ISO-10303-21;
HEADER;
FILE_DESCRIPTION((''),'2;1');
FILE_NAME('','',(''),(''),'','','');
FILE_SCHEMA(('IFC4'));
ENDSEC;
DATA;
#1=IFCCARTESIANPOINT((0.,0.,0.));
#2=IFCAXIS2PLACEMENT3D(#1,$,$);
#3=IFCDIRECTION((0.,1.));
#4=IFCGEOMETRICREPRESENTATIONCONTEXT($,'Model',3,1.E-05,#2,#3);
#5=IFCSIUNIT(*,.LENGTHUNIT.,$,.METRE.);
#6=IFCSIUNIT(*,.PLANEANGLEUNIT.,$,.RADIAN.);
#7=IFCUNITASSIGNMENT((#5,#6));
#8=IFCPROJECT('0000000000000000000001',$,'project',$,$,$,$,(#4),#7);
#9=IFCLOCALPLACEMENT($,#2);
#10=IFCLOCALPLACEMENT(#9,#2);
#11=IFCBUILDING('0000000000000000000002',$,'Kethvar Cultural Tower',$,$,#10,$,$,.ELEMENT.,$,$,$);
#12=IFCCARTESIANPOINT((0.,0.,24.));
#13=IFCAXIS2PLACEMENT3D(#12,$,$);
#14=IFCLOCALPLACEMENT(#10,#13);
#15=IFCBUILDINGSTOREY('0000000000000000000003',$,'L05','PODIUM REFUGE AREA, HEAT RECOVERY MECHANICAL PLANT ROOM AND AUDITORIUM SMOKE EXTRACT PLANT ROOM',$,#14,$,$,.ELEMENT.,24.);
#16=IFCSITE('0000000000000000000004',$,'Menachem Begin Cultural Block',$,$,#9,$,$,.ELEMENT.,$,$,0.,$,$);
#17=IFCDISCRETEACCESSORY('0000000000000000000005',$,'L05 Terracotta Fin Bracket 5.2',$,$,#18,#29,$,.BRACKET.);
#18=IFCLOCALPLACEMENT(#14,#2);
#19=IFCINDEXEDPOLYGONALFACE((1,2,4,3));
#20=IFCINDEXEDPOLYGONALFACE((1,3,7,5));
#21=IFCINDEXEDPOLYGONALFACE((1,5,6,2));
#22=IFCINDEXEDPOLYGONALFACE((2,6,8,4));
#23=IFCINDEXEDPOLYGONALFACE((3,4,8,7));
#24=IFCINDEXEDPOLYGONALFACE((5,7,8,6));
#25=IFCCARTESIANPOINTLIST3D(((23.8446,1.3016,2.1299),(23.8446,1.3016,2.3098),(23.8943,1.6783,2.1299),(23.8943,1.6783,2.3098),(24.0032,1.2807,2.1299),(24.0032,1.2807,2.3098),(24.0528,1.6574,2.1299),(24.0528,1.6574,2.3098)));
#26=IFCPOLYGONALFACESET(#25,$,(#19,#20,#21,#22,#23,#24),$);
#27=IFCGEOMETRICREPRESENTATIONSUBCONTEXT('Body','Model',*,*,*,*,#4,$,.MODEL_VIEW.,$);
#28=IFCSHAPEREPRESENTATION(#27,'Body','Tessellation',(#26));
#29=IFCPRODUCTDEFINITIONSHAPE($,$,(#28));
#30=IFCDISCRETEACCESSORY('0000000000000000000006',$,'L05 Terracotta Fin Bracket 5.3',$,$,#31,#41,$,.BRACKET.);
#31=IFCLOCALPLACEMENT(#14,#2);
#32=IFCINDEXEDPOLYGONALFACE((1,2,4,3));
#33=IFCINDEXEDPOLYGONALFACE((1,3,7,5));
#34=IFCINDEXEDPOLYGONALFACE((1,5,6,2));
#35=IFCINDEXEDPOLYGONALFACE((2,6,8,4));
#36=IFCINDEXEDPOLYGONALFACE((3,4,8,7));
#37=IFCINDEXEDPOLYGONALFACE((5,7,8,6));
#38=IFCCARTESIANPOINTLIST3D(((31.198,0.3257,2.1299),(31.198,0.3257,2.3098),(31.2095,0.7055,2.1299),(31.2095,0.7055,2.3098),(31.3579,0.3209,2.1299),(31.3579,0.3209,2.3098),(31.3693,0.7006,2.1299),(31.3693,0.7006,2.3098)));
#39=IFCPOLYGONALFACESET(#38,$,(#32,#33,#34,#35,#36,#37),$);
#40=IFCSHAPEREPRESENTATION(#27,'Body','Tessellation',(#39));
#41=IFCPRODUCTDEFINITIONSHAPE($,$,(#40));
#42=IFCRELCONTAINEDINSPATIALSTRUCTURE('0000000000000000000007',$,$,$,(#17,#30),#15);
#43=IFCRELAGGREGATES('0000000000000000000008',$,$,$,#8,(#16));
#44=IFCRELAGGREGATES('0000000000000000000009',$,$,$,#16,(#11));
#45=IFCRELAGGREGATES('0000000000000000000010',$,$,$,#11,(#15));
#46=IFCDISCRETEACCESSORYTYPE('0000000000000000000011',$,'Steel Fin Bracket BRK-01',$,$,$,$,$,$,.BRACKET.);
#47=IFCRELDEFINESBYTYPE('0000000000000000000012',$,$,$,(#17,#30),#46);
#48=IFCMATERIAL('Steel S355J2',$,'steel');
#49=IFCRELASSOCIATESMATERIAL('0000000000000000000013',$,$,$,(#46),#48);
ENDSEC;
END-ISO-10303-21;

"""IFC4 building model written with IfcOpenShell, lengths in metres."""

from ifc_helpers import new_model, si_unit, direction, frame, origin, origin_2d, place, context, subcontext, project, spatial, rectangle, extrude, source, transform, mapped, material, type_object, element, save


model = new_model("IFC4")

# Units and contexts
model_context = context("Model", 3, precision=1e-05, world=origin(), true_north=direction((0.0, 1.0)))
body_context = subcontext(model_context, "Body", "Model", "MODEL_VIEW")
ifc_project = project(units=[si_unit("LENGTHUNIT", "METRE"), si_unit("PLANEANGLEUNIT", "RADIAN")], contexts=[model_context])

# Site, building, storey
site_placement = place(None, origin())
site = spatial("IfcSite", under=ifc_project, at=site_placement, Name="Menachem Begin Cultural Block", CompositionType="ELEMENT", RefElevation=0.0)
building_placement = place(site_placement, origin())
building = spatial("IfcBuilding", under=site, at=building_placement, Name="Kethvar Cultural Tower", CompositionType="ELEMENT")
storey_placement = place(building_placement, frame((0.0, 0.0, 24.0)))
storey = spatial("IfcBuildingStorey", under=building, at=storey_placement, Name="L05", Description="PODIUM REFUGE AREA, HEAT RECOVERY MECHANICAL PLANT ROOM AND AUDITORIUM SMOKE EXTRACT PLANT ROOM", CompositionType="ELEMENT", Elevation=24.0)

# Shared definitions
ifc_material_1 = material(Name="Steel S355J2", Category="steel")

# Discrete accessories
discrete_accessory_type = type_object("IfcDiscreteAccessoryType", Name="Steel Fin Bracket BRK-01", PredefinedType="BRACKET", material=ifc_material_1)
shared_shape_1 = source(origin(), body_context, "Body", "SweptSolid", [
    extrude(rectangle(XDim=0.3799, YDim=0.1599, at=origin_2d()), origin(), (0.0, 0.0, 1.0), 0.1799),
])
for number, where, z_axis, x_axis, name in (
    (1, (23.9487, 1.4795, 2.1299), (0.0, 0.0, 1.0), (-0.130699, -0.991422, 0.0), "L05 Terracotta Fin Bracket 5.2"),
    (2, (31.2837, 0.5132, 2.1299), (0.0, 0.0, 1.0), (-0.03019, -0.999544, 0.0), "L05 Terracotta Fin Bracket 5.3"),
):
    element("IfcDiscreteAccessory", number, at=place(storey_placement, frame(where, z_axis=z_axis, x_axis=x_axis)), inside=storey, type_object=discrete_accessory_type, Name=name, PredefinedType="BRACKET", context=body_context, shape_type="MappedRepresentation", body=[
        mapped(shared_shape_1, transform((0.0, 0.0, 0.0), scale=1.0)),
    ])

save(model, "model.ifc")
